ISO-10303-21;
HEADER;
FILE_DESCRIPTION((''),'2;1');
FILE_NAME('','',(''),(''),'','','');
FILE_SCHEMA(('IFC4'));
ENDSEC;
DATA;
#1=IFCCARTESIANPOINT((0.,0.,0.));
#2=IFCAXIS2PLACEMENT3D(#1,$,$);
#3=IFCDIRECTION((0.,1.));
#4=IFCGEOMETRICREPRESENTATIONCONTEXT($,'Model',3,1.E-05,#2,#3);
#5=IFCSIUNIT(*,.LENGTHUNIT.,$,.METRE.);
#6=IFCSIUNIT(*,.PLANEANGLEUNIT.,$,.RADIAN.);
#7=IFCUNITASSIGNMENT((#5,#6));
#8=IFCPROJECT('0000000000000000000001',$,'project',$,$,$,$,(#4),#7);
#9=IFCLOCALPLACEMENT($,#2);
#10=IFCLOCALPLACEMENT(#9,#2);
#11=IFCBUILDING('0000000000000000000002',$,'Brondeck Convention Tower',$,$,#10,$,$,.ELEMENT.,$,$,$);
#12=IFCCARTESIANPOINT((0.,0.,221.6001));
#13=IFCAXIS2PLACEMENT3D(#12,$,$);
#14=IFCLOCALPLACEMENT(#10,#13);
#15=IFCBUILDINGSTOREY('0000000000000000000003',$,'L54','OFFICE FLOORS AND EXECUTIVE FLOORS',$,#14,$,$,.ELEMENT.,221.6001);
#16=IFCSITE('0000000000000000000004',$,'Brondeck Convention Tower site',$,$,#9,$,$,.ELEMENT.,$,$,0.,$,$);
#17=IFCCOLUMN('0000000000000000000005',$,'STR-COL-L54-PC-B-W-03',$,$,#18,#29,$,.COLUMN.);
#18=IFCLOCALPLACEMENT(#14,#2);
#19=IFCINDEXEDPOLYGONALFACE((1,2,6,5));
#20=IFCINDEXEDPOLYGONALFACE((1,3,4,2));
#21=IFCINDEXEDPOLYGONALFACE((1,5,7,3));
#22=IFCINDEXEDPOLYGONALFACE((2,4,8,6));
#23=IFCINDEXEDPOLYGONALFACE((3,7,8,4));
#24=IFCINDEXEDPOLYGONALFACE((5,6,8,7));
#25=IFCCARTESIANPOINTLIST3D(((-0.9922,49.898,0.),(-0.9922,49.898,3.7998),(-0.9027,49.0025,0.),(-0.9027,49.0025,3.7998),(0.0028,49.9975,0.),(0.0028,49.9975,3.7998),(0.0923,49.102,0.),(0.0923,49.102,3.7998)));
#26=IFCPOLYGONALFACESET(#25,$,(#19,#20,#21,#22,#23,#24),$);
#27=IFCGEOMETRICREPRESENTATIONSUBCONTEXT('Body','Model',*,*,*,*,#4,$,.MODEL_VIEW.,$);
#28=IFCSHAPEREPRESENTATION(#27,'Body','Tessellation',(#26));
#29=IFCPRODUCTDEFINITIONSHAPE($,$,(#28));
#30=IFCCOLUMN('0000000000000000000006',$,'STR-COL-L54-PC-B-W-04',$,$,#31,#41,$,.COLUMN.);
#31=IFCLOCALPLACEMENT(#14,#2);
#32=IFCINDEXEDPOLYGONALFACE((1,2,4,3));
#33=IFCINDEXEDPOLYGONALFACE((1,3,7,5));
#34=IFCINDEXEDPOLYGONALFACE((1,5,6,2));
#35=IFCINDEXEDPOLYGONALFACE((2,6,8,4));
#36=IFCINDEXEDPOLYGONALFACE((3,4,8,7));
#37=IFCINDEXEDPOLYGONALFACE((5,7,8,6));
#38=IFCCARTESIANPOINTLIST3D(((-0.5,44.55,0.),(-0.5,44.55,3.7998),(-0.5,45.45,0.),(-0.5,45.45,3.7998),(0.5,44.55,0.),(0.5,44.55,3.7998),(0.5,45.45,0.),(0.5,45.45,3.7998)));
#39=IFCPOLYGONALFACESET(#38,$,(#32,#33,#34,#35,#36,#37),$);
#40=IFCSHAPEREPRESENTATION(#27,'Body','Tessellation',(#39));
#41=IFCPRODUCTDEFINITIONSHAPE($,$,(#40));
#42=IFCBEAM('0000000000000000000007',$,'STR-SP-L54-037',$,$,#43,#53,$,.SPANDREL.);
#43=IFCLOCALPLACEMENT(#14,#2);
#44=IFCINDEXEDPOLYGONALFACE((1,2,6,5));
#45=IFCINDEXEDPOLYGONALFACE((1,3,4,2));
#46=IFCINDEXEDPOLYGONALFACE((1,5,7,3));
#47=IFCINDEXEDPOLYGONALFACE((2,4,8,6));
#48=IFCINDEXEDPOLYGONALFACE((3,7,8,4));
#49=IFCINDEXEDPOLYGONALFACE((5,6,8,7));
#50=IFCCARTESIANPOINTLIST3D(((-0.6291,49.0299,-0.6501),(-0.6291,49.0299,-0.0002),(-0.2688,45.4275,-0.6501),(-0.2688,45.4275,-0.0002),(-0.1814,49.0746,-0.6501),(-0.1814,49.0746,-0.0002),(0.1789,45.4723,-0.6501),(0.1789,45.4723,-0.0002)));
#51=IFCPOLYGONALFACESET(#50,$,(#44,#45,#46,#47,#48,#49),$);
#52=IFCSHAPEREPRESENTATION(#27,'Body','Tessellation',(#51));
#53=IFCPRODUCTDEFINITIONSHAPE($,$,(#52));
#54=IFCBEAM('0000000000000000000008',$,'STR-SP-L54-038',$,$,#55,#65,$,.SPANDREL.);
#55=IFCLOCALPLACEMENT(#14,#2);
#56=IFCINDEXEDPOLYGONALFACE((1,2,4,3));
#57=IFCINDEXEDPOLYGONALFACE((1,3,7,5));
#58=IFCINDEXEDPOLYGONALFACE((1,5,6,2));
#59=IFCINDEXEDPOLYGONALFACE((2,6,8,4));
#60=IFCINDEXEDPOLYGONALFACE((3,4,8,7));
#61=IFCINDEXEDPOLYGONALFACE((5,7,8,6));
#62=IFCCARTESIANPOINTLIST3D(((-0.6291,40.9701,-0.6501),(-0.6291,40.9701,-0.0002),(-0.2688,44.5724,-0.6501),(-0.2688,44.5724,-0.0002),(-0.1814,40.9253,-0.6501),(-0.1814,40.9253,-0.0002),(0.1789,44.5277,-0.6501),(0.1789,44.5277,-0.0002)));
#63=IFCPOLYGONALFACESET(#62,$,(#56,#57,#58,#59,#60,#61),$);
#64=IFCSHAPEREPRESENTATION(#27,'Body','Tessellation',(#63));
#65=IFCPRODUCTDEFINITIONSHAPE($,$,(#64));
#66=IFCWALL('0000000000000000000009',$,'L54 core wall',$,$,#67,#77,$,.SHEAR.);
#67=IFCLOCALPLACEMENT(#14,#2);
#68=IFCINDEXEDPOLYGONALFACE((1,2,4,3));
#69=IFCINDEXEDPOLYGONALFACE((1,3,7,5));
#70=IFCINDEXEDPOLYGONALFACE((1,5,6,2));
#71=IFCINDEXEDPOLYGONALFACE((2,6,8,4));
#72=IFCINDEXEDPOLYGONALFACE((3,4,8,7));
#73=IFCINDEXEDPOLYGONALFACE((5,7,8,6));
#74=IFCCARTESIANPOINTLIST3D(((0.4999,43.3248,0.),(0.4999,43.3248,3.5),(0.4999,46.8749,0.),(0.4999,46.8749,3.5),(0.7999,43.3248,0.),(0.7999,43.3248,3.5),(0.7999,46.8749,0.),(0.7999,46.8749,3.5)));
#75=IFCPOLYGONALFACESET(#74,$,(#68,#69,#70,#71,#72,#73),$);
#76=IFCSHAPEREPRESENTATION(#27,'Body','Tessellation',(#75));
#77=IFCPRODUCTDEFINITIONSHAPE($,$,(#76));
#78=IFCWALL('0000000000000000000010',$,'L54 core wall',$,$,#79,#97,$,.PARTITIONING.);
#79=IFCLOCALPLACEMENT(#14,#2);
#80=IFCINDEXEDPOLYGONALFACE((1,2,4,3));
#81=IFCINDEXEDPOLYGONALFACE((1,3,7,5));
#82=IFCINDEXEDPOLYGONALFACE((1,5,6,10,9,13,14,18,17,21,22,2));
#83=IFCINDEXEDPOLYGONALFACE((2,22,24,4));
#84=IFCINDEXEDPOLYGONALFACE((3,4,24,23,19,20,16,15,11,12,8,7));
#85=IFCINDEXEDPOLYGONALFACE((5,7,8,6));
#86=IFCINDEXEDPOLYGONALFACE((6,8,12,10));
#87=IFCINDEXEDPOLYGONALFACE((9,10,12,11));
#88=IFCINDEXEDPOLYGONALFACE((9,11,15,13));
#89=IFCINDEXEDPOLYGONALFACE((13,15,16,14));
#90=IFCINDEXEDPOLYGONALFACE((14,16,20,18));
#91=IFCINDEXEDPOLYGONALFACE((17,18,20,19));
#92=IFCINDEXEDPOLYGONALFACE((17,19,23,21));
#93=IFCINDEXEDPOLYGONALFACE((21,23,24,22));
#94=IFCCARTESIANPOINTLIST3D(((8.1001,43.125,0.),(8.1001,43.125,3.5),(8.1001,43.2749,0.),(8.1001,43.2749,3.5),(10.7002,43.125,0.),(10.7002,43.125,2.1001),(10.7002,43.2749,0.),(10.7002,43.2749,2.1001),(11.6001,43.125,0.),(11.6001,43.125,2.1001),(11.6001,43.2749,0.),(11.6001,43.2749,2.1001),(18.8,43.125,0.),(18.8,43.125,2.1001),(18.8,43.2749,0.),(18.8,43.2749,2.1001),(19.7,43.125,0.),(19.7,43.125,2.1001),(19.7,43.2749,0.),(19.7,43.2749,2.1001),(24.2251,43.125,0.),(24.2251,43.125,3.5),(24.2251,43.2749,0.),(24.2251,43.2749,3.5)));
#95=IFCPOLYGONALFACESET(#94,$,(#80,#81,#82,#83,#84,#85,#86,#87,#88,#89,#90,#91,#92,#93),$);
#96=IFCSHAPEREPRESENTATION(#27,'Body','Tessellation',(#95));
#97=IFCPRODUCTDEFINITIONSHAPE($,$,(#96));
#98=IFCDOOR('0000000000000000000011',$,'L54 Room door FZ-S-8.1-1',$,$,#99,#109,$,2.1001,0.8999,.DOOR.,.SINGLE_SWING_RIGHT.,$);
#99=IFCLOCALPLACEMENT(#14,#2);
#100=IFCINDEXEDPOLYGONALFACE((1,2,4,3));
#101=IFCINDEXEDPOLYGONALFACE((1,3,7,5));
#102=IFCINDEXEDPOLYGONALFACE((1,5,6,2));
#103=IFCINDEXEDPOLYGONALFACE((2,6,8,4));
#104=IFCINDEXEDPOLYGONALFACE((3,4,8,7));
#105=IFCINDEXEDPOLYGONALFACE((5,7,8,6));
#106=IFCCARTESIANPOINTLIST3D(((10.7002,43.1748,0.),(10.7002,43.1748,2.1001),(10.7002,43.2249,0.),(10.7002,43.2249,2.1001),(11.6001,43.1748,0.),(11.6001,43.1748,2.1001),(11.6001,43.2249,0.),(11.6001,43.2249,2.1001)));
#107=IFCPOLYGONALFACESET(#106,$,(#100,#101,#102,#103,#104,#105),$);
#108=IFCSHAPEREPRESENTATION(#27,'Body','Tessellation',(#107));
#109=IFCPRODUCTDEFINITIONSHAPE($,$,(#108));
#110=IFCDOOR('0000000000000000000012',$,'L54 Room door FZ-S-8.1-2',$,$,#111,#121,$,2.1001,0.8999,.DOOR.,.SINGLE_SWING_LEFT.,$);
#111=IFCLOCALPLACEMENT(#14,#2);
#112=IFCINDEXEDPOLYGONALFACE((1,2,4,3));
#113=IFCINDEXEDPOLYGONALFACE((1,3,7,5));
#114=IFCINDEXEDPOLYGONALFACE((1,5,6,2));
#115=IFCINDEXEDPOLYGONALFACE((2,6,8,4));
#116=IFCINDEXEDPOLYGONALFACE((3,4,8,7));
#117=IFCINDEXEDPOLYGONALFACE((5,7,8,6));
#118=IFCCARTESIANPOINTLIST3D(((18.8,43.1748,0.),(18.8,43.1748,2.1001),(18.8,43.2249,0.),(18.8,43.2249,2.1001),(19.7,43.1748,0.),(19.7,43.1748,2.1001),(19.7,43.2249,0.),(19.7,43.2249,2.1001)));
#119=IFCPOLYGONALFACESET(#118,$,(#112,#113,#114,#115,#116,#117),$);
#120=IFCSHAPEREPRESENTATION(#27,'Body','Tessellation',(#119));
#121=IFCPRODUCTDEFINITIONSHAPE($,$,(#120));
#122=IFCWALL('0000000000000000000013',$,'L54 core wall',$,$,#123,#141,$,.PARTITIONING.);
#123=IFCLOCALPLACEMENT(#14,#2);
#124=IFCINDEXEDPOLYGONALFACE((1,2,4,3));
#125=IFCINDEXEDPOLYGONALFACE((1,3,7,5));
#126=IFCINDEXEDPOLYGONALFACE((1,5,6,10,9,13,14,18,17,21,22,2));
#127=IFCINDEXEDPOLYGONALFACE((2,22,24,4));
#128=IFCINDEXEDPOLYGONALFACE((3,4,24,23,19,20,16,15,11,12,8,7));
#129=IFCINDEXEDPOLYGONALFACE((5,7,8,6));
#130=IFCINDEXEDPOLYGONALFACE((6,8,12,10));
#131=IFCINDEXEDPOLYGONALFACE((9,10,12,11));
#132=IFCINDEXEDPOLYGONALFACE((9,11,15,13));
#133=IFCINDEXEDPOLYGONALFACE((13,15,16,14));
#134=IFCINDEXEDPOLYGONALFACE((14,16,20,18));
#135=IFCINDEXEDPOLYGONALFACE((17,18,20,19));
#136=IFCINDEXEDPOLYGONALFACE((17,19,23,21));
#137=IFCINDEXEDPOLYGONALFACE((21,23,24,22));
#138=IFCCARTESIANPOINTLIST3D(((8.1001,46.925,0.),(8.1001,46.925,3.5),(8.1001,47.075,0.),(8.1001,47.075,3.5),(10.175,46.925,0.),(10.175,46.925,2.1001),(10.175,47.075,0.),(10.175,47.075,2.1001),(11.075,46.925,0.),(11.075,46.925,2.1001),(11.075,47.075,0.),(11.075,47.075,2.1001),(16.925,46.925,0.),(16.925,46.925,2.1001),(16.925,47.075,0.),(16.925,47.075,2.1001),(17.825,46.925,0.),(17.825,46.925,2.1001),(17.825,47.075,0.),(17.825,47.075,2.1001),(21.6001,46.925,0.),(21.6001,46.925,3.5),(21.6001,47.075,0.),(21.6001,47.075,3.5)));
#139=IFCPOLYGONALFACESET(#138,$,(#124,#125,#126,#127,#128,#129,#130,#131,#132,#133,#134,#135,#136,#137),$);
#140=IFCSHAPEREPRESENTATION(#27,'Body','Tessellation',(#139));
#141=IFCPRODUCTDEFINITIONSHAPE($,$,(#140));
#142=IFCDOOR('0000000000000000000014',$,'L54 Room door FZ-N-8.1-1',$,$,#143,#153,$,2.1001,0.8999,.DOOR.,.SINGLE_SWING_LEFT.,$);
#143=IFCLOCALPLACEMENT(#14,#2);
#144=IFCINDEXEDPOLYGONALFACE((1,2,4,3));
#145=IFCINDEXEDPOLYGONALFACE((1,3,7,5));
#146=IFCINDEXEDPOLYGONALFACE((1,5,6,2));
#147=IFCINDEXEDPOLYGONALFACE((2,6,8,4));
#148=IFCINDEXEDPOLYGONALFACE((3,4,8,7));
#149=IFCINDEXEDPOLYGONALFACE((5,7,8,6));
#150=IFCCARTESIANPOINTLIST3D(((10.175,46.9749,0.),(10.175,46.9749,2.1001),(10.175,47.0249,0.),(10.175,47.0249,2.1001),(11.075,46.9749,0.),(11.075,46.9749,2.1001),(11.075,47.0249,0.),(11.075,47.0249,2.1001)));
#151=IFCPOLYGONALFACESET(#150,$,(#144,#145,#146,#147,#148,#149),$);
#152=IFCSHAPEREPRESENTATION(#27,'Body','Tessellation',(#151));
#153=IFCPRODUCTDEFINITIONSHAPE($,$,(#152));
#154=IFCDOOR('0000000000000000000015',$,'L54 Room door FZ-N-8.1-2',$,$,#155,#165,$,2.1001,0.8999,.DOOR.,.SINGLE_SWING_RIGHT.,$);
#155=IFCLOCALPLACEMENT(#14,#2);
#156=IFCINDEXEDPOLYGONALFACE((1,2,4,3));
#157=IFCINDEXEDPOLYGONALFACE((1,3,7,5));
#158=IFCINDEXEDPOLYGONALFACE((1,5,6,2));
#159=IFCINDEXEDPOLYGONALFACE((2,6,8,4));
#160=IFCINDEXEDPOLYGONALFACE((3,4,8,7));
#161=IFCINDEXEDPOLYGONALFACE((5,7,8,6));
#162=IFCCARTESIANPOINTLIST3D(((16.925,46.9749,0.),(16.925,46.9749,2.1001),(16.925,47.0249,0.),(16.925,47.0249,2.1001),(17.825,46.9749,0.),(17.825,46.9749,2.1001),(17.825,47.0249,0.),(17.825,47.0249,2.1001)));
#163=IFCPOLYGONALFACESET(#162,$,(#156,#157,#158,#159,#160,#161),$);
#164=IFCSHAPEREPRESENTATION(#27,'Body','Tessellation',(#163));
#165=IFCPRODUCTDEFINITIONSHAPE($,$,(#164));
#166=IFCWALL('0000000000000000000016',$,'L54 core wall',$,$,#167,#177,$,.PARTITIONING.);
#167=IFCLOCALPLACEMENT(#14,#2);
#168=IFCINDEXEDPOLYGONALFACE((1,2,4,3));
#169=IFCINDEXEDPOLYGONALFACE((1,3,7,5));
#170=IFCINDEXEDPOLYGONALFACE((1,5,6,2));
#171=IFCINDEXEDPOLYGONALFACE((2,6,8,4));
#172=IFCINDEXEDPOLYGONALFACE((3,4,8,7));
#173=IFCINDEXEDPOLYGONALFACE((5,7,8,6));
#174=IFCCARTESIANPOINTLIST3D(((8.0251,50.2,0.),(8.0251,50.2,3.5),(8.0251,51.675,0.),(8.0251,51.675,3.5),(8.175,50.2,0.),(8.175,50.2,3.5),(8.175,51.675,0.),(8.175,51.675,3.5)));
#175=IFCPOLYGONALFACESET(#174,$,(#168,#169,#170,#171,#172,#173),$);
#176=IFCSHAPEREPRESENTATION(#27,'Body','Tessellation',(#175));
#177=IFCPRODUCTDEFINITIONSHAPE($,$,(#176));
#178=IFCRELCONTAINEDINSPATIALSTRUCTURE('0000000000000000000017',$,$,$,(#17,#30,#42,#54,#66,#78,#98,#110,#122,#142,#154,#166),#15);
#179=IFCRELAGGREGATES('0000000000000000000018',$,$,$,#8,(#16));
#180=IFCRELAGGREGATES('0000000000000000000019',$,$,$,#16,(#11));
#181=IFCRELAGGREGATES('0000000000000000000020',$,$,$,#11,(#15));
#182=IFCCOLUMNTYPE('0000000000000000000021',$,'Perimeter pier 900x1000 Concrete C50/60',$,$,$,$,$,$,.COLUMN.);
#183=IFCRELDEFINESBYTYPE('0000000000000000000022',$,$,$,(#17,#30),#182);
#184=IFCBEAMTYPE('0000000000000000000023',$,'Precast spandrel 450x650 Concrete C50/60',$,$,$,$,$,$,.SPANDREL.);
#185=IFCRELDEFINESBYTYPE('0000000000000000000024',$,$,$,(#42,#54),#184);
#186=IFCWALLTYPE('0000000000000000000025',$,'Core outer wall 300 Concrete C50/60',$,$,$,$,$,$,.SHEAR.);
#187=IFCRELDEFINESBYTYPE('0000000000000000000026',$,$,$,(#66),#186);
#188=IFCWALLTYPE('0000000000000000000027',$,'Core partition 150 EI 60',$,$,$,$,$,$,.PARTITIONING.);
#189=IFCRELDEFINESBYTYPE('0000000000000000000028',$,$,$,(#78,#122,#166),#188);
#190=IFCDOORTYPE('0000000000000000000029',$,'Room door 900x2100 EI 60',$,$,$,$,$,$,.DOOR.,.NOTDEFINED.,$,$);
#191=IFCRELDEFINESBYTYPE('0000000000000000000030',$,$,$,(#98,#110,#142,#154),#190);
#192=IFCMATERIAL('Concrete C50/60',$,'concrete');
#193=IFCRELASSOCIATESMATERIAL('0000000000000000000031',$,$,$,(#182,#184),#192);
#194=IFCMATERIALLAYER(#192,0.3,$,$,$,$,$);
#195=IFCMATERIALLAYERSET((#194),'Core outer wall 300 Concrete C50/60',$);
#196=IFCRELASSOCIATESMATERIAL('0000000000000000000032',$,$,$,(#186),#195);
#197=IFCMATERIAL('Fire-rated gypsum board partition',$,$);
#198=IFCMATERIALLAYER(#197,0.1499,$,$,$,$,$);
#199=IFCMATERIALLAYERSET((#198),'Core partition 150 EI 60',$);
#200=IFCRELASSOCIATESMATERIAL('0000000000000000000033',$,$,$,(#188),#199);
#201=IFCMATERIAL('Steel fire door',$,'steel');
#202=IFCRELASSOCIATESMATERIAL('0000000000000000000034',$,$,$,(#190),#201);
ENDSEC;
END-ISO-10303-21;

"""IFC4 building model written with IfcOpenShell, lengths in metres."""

from ifc_helpers import new_model, si_unit, direction, frame, frame_2d, origin, origin_2d, place, context, subcontext, project, spatial, rectangle, extrude, material, layer, layer_set, material_profile, profile_set, type_object, element, fill, save


model = new_model("IFC4")

# Units and contexts
model_context = context("Model", 3, precision=1e-05, world=origin(), true_north=direction((0.0, 1.0)))
body_context = subcontext(model_context, "Body", "Model", "MODEL_VIEW")
ifc_project = project(units=[si_unit("LENGTHUNIT", "METRE"), si_unit("PLANEANGLEUNIT", "RADIAN")], contexts=[model_context])

# Site, building, storey
site_placement = place(None, origin())
site = spatial("IfcSite", under=ifc_project, at=site_placement, Name="Brondeck Convention Tower site", CompositionType="ELEMENT", RefElevation=0.0)
building_placement = place(site_placement, origin())
building = spatial("IfcBuilding", under=site, at=building_placement, Name="Brondeck Convention Tower", CompositionType="ELEMENT")
storey_placement = place(building_placement, frame((0.0, 0.0, 221.6001)))
storey = spatial("IfcBuildingStorey", under=building, at=storey_placement, Name="L54", Description="OFFICE FLOORS AND EXECUTIVE FLOORS", CompositionType="ELEMENT", Elevation=221.6001)

# Columns
ifc_material_1 = material(Name="Concrete C50/60", Category="concrete")
ifc_material_profile_1 = material_profile(ifc_material_1, rectangle(XDim=0.8999, YDim=1.0, at=origin_2d()), Name="Perimeter pier 900x1000 Concrete C50/60")
ifc_profile_set_1 = profile_set([ifc_material_profile_1], Name="Concrete C50/60")
column_type = type_object("IfcColumnType", Name="Perimeter pier 900x1000 Concrete C50/60", PredefinedType="COLUMN", material=ifc_profile_set_1)
for number, where, z_axis, x_axis, name in (
    (1, (-0.45, 49.5, 0.0), (0.0, 0.0, 1.0), (0.099504, -0.995037, 0.0), "STR-COL-L54-PC-B-W-03"),
    (2, (0.0, 45.0, 0.0), (0.0, 0.0, 1.0), (0.0, -1.0, 0.0), "STR-COL-L54-PC-B-W-04"),
):
    element("IfcColumn", number, at=place(storey_placement, frame(where, z_axis=z_axis, x_axis=x_axis)), inside=storey, type_object=column_type, Name=name, PredefinedType="COLUMN", context=body_context, shape_type="SweptSolid", body=[
        extrude(rectangle(XDim=0.8999, YDim=1.0, at=origin_2d()), origin(), (0.0, 0.0, 1.0), 3.7998),
    ])

# Beams
ifc_material_profile_2 = material_profile(ifc_material_1, rectangle(XDim=0.45, YDim=0.6499, at=origin_2d()), Name="Precast spandrel 450x650 Concrete C50/60")
ifc_profile_set_2 = profile_set([ifc_material_profile_2], Name="Concrete C50/60")
beam_type = type_object("IfcBeamType", Name="Precast spandrel 450x650 Concrete C50/60", PredefinedType="SPANDREL", material=ifc_profile_set_2)
for number, where, z_axis, x_axis, name in (
    (3, (-0.4053, 49.0522, -0.3252), (0.099537, -0.995034, 0.0), (0.995034, 0.099537, 0.0), "STR-SP-L54-037"),
    (4, (-0.0449, 44.55, -0.3252), (-0.099537, -0.995034, 0.0), (0.995034, -0.099537, 0.0), "STR-SP-L54-038"),
):
    element("IfcBeam", number, at=place(storey_placement, frame(where, z_axis=z_axis, x_axis=x_axis)), inside=storey, type_object=beam_type, Name=name, PredefinedType="SPANDREL", context=body_context, shape_type="SweptSolid", body=[
        extrude(rectangle(XDim=0.45, YDim=0.6499, at=origin_2d()), origin(), (0.0, 0.0, 1.0), 3.6204),
    ])

# Wall
ifc_layer_1 = layer(ifc_material_1, 0.3)
ifc_layer_set_1 = layer_set([ifc_layer_1], Name="Core outer wall 300 Concrete C50/60")
wall_type_1 = type_object("IfcWallType", Name="Core outer wall 300 Concrete C50/60", PredefinedType="SHEAR", material=ifc_layer_set_1)
wall_1_placement = place(storey_placement, frame((0.6499, 43.325, 0.0), z_axis=(0.0, 0.0, 1.0), x_axis=(0.0, 1.0, 0.0)))
element("IfcWall", 5, at=wall_1_placement, inside=storey, type_object=wall_type_1, Name="L54 core wall", PredefinedType="SHEAR", context=body_context, shape_type="SweptSolid", body=[
    extrude(rectangle(XDim=3.55, YDim=0.3, at=frame_2d((1.7749, 0.0))), origin(), (0.0, 0.0, 1.0), 3.5),
])

# Walls, openings, doors
ifc_material_2 = material(Name="Fire-rated gypsum board partition")
ifc_layer_2 = layer(ifc_material_2, 0.1499)
ifc_layer_set_2 = layer_set([ifc_layer_2], Name="Core partition 150 EI 60")
wall_type_2 = type_object("IfcWallType", Name="Core partition 150 EI 60", PredefinedType="PARTITIONING", material=ifc_layer_set_2)
wall_2_placement = place(storey_placement, frame((8.1001, 43.2, 0.0), z_axis=(0.0, 0.0, 1.0), x_axis=(1.0, 0.0, 0.0)))
wall_2 = element("IfcWall", 6, at=wall_2_placement, inside=storey, type_object=wall_type_2, Name="L54 core wall", PredefinedType="PARTITIONING", context=body_context, shape_type="SweptSolid", body=[
    extrude(rectangle(XDim=16.125, YDim=0.1499, at=frame_2d((8.0625, 0.0))), origin(), (0.0, 0.0, 1.0), 3.5),
])
opening_1_placement = place(wall_2_placement, frame((2.6001, 0.0, 0.0)))
opening_1 = element("IfcOpeningElement", 7, at=opening_1_placement, cuts=wall_2, PredefinedType="OPENING", context=body_context, shape_type="SweptSolid", body=[
    extrude(rectangle(XDim=0.8999, YDim=2.1001, at=frame_2d((0.45, 1.05))), frame((0.0, 0.085, 0.0), z_axis=(0.0, -1.0, 0.0), x_axis=(1.0, 0.0, 0.0)), (0.0, 0.0, 1.0), 0.1699),
])
opening_2_placement = place(wall_2_placement, frame((10.7, 0.0, 0.0)))
opening_2 = element("IfcOpeningElement", 8, at=opening_2_placement, cuts=wall_2, PredefinedType="OPENING", context=body_context, shape_type="SweptSolid", body=[
    extrude(rectangle(XDim=0.8999, YDim=2.1001, at=frame_2d((0.45, 1.05))), frame((0.0, 0.085, 0.0), z_axis=(0.0, -1.0, 0.0), x_axis=(1.0, 0.0, 0.0)), (0.0, 0.0, 1.0), 0.1699),
])
ifc_material_3 = material(Name="Steel fire door", Category="steel")
door_type_1 = type_object("IfcDoorType", Name="Room door 900x2100 EI 60", OperationType="NOTDEFINED", PredefinedType="DOOR", material=ifc_material_3)
door_1_placement = place(opening_1_placement, origin())
door_1 = element("IfcDoor", 9, at=door_1_placement, inside=storey, type_object=door_type_1, Name="L54 Room door FZ-S-8.1-1", OperationType="SINGLE_SWING_RIGHT", OverallHeight=2.1001, OverallWidth=0.8999, PredefinedType="DOOR", context=body_context, shape_type="SweptSolid", body=[
    extrude(rectangle(XDim=0.8999, YDim=2.1001, at=frame_2d((0.45, 1.05))), frame((0.0, 0.0249, 0.0), z_axis=(0.0, -1.0, 0.0), x_axis=(1.0, 0.0, 0.0)), (0.0, 0.0, 1.0), 0.05),
])
fill(opening_1, door_1)
door_2_placement = place(opening_2_placement, origin())
door_2 = element("IfcDoor", 10, at=door_2_placement, inside=storey, type_object=door_type_1, Name="L54 Room door FZ-S-8.1-2", OperationType="SINGLE_SWING_LEFT", OverallHeight=2.1001, OverallWidth=0.8999, PredefinedType="DOOR", context=body_context, shape_type="SweptSolid", body=[
    extrude(rectangle(XDim=0.8999, YDim=2.1001, at=frame_2d((0.45, 1.05))), frame((0.0, 0.0249, 0.0), z_axis=(0.0, -1.0, 0.0), x_axis=(1.0, 0.0, 0.0)), (0.0, 0.0, 1.0), 0.05),
])
fill(opening_2, door_2)
wall_3_placement = place(storey_placement, frame((8.1001, 47.0, 0.0), z_axis=(0.0, 0.0, 1.0), x_axis=(1.0, 0.0, 0.0)))
wall_3 = element("IfcWall", 11, at=wall_3_placement, inside=storey, type_object=wall_type_2, Name="L54 core wall", PredefinedType="PARTITIONING", context=body_context, shape_type="SweptSolid", body=[
    extrude(rectangle(XDim=13.5, YDim=0.1499, at=frame_2d((6.75, 0.0))), origin(), (0.0, 0.0, 1.0), 3.5),
])
opening_3_placement = place(wall_3_placement, frame((2.075, 0.0, 0.0)))
opening_3 = element("IfcOpeningElement", 12, at=opening_3_placement, cuts=wall_3, PredefinedType="OPENING", context=body_context, shape_type="SweptSolid", body=[
    extrude(rectangle(XDim=0.8999, YDim=2.1001, at=frame_2d((0.45, 1.05))), frame((0.0, 0.085, 0.0), z_axis=(0.0, -1.0, 0.0), x_axis=(1.0, 0.0, 0.0)), (0.0, 0.0, 1.0), 0.1699),
])
opening_4_placement = place(wall_3_placement, frame((8.825, 0.0, 0.0)))
opening_4 = element("IfcOpeningElement", 13, at=opening_4_placement, cuts=wall_3, PredefinedType="OPENING", context=body_context, shape_type="SweptSolid", body=[
    extrude(rectangle(XDim=0.8999, YDim=2.1001, at=frame_2d((0.45, 1.05))), frame((0.0, 0.085, 0.0), z_axis=(0.0, -1.0, 0.0), x_axis=(1.0, 0.0, 0.0)), (0.0, 0.0, 1.0), 0.1699),
])
door_3_placement = place(opening_3_placement, origin())
door_3 = element("IfcDoor", 14, at=door_3_placement, inside=storey, type_object=door_type_1, Name="L54 Room door FZ-N-8.1-1", OperationType="SINGLE_SWING_LEFT", OverallHeight=2.1001, OverallWidth=0.8999, PredefinedType="DOOR", context=body_context, shape_type="SweptSolid", body=[
    extrude(rectangle(XDim=0.8999, YDim=2.1001, at=frame_2d((0.45, 1.05))), frame((0.0, 0.0249, 0.0), z_axis=(0.0, -1.0, 0.0), x_axis=(1.0, 0.0, 0.0)), (0.0, 0.0, 1.0), 0.05),
])
fill(opening_3, door_3)
door_4_placement = place(opening_4_placement, origin())
door_4 = element("IfcDoor", 15, at=door_4_placement, inside=storey, type_object=door_type_1, Name="L54 Room door FZ-N-8.1-2", OperationType="SINGLE_SWING_RIGHT", OverallHeight=2.1001, OverallWidth=0.8999, PredefinedType="DOOR", context=body_context, shape_type="SweptSolid", body=[
    extrude(rectangle(XDim=0.8999, YDim=2.1001, at=frame_2d((0.45, 1.05))), frame((0.0, 0.0249, 0.0), z_axis=(0.0, -1.0, 0.0), x_axis=(1.0, 0.0, 0.0)), (0.0, 0.0, 1.0), 0.05),
])
fill(opening_4, door_4)

# Wall
wall_4_placement = place(storey_placement, frame((8.1001, 50.2, 0.0), z_axis=(0.0, 0.0, 1.0), x_axis=(0.0, 1.0, 0.0)))
element("IfcWall", 16, at=wall_4_placement, inside=storey, type_object=wall_type_2, Name="L54 core wall", PredefinedType="PARTITIONING", context=body_context, shape_type="SweptSolid", body=[
    extrude(rectangle(XDim=1.4751, YDim=0.1499, at=frame_2d((0.7375, 0.0))), origin(), (0.0, 0.0, 1.0), 3.5),
])

save(model, "model.ifc")
